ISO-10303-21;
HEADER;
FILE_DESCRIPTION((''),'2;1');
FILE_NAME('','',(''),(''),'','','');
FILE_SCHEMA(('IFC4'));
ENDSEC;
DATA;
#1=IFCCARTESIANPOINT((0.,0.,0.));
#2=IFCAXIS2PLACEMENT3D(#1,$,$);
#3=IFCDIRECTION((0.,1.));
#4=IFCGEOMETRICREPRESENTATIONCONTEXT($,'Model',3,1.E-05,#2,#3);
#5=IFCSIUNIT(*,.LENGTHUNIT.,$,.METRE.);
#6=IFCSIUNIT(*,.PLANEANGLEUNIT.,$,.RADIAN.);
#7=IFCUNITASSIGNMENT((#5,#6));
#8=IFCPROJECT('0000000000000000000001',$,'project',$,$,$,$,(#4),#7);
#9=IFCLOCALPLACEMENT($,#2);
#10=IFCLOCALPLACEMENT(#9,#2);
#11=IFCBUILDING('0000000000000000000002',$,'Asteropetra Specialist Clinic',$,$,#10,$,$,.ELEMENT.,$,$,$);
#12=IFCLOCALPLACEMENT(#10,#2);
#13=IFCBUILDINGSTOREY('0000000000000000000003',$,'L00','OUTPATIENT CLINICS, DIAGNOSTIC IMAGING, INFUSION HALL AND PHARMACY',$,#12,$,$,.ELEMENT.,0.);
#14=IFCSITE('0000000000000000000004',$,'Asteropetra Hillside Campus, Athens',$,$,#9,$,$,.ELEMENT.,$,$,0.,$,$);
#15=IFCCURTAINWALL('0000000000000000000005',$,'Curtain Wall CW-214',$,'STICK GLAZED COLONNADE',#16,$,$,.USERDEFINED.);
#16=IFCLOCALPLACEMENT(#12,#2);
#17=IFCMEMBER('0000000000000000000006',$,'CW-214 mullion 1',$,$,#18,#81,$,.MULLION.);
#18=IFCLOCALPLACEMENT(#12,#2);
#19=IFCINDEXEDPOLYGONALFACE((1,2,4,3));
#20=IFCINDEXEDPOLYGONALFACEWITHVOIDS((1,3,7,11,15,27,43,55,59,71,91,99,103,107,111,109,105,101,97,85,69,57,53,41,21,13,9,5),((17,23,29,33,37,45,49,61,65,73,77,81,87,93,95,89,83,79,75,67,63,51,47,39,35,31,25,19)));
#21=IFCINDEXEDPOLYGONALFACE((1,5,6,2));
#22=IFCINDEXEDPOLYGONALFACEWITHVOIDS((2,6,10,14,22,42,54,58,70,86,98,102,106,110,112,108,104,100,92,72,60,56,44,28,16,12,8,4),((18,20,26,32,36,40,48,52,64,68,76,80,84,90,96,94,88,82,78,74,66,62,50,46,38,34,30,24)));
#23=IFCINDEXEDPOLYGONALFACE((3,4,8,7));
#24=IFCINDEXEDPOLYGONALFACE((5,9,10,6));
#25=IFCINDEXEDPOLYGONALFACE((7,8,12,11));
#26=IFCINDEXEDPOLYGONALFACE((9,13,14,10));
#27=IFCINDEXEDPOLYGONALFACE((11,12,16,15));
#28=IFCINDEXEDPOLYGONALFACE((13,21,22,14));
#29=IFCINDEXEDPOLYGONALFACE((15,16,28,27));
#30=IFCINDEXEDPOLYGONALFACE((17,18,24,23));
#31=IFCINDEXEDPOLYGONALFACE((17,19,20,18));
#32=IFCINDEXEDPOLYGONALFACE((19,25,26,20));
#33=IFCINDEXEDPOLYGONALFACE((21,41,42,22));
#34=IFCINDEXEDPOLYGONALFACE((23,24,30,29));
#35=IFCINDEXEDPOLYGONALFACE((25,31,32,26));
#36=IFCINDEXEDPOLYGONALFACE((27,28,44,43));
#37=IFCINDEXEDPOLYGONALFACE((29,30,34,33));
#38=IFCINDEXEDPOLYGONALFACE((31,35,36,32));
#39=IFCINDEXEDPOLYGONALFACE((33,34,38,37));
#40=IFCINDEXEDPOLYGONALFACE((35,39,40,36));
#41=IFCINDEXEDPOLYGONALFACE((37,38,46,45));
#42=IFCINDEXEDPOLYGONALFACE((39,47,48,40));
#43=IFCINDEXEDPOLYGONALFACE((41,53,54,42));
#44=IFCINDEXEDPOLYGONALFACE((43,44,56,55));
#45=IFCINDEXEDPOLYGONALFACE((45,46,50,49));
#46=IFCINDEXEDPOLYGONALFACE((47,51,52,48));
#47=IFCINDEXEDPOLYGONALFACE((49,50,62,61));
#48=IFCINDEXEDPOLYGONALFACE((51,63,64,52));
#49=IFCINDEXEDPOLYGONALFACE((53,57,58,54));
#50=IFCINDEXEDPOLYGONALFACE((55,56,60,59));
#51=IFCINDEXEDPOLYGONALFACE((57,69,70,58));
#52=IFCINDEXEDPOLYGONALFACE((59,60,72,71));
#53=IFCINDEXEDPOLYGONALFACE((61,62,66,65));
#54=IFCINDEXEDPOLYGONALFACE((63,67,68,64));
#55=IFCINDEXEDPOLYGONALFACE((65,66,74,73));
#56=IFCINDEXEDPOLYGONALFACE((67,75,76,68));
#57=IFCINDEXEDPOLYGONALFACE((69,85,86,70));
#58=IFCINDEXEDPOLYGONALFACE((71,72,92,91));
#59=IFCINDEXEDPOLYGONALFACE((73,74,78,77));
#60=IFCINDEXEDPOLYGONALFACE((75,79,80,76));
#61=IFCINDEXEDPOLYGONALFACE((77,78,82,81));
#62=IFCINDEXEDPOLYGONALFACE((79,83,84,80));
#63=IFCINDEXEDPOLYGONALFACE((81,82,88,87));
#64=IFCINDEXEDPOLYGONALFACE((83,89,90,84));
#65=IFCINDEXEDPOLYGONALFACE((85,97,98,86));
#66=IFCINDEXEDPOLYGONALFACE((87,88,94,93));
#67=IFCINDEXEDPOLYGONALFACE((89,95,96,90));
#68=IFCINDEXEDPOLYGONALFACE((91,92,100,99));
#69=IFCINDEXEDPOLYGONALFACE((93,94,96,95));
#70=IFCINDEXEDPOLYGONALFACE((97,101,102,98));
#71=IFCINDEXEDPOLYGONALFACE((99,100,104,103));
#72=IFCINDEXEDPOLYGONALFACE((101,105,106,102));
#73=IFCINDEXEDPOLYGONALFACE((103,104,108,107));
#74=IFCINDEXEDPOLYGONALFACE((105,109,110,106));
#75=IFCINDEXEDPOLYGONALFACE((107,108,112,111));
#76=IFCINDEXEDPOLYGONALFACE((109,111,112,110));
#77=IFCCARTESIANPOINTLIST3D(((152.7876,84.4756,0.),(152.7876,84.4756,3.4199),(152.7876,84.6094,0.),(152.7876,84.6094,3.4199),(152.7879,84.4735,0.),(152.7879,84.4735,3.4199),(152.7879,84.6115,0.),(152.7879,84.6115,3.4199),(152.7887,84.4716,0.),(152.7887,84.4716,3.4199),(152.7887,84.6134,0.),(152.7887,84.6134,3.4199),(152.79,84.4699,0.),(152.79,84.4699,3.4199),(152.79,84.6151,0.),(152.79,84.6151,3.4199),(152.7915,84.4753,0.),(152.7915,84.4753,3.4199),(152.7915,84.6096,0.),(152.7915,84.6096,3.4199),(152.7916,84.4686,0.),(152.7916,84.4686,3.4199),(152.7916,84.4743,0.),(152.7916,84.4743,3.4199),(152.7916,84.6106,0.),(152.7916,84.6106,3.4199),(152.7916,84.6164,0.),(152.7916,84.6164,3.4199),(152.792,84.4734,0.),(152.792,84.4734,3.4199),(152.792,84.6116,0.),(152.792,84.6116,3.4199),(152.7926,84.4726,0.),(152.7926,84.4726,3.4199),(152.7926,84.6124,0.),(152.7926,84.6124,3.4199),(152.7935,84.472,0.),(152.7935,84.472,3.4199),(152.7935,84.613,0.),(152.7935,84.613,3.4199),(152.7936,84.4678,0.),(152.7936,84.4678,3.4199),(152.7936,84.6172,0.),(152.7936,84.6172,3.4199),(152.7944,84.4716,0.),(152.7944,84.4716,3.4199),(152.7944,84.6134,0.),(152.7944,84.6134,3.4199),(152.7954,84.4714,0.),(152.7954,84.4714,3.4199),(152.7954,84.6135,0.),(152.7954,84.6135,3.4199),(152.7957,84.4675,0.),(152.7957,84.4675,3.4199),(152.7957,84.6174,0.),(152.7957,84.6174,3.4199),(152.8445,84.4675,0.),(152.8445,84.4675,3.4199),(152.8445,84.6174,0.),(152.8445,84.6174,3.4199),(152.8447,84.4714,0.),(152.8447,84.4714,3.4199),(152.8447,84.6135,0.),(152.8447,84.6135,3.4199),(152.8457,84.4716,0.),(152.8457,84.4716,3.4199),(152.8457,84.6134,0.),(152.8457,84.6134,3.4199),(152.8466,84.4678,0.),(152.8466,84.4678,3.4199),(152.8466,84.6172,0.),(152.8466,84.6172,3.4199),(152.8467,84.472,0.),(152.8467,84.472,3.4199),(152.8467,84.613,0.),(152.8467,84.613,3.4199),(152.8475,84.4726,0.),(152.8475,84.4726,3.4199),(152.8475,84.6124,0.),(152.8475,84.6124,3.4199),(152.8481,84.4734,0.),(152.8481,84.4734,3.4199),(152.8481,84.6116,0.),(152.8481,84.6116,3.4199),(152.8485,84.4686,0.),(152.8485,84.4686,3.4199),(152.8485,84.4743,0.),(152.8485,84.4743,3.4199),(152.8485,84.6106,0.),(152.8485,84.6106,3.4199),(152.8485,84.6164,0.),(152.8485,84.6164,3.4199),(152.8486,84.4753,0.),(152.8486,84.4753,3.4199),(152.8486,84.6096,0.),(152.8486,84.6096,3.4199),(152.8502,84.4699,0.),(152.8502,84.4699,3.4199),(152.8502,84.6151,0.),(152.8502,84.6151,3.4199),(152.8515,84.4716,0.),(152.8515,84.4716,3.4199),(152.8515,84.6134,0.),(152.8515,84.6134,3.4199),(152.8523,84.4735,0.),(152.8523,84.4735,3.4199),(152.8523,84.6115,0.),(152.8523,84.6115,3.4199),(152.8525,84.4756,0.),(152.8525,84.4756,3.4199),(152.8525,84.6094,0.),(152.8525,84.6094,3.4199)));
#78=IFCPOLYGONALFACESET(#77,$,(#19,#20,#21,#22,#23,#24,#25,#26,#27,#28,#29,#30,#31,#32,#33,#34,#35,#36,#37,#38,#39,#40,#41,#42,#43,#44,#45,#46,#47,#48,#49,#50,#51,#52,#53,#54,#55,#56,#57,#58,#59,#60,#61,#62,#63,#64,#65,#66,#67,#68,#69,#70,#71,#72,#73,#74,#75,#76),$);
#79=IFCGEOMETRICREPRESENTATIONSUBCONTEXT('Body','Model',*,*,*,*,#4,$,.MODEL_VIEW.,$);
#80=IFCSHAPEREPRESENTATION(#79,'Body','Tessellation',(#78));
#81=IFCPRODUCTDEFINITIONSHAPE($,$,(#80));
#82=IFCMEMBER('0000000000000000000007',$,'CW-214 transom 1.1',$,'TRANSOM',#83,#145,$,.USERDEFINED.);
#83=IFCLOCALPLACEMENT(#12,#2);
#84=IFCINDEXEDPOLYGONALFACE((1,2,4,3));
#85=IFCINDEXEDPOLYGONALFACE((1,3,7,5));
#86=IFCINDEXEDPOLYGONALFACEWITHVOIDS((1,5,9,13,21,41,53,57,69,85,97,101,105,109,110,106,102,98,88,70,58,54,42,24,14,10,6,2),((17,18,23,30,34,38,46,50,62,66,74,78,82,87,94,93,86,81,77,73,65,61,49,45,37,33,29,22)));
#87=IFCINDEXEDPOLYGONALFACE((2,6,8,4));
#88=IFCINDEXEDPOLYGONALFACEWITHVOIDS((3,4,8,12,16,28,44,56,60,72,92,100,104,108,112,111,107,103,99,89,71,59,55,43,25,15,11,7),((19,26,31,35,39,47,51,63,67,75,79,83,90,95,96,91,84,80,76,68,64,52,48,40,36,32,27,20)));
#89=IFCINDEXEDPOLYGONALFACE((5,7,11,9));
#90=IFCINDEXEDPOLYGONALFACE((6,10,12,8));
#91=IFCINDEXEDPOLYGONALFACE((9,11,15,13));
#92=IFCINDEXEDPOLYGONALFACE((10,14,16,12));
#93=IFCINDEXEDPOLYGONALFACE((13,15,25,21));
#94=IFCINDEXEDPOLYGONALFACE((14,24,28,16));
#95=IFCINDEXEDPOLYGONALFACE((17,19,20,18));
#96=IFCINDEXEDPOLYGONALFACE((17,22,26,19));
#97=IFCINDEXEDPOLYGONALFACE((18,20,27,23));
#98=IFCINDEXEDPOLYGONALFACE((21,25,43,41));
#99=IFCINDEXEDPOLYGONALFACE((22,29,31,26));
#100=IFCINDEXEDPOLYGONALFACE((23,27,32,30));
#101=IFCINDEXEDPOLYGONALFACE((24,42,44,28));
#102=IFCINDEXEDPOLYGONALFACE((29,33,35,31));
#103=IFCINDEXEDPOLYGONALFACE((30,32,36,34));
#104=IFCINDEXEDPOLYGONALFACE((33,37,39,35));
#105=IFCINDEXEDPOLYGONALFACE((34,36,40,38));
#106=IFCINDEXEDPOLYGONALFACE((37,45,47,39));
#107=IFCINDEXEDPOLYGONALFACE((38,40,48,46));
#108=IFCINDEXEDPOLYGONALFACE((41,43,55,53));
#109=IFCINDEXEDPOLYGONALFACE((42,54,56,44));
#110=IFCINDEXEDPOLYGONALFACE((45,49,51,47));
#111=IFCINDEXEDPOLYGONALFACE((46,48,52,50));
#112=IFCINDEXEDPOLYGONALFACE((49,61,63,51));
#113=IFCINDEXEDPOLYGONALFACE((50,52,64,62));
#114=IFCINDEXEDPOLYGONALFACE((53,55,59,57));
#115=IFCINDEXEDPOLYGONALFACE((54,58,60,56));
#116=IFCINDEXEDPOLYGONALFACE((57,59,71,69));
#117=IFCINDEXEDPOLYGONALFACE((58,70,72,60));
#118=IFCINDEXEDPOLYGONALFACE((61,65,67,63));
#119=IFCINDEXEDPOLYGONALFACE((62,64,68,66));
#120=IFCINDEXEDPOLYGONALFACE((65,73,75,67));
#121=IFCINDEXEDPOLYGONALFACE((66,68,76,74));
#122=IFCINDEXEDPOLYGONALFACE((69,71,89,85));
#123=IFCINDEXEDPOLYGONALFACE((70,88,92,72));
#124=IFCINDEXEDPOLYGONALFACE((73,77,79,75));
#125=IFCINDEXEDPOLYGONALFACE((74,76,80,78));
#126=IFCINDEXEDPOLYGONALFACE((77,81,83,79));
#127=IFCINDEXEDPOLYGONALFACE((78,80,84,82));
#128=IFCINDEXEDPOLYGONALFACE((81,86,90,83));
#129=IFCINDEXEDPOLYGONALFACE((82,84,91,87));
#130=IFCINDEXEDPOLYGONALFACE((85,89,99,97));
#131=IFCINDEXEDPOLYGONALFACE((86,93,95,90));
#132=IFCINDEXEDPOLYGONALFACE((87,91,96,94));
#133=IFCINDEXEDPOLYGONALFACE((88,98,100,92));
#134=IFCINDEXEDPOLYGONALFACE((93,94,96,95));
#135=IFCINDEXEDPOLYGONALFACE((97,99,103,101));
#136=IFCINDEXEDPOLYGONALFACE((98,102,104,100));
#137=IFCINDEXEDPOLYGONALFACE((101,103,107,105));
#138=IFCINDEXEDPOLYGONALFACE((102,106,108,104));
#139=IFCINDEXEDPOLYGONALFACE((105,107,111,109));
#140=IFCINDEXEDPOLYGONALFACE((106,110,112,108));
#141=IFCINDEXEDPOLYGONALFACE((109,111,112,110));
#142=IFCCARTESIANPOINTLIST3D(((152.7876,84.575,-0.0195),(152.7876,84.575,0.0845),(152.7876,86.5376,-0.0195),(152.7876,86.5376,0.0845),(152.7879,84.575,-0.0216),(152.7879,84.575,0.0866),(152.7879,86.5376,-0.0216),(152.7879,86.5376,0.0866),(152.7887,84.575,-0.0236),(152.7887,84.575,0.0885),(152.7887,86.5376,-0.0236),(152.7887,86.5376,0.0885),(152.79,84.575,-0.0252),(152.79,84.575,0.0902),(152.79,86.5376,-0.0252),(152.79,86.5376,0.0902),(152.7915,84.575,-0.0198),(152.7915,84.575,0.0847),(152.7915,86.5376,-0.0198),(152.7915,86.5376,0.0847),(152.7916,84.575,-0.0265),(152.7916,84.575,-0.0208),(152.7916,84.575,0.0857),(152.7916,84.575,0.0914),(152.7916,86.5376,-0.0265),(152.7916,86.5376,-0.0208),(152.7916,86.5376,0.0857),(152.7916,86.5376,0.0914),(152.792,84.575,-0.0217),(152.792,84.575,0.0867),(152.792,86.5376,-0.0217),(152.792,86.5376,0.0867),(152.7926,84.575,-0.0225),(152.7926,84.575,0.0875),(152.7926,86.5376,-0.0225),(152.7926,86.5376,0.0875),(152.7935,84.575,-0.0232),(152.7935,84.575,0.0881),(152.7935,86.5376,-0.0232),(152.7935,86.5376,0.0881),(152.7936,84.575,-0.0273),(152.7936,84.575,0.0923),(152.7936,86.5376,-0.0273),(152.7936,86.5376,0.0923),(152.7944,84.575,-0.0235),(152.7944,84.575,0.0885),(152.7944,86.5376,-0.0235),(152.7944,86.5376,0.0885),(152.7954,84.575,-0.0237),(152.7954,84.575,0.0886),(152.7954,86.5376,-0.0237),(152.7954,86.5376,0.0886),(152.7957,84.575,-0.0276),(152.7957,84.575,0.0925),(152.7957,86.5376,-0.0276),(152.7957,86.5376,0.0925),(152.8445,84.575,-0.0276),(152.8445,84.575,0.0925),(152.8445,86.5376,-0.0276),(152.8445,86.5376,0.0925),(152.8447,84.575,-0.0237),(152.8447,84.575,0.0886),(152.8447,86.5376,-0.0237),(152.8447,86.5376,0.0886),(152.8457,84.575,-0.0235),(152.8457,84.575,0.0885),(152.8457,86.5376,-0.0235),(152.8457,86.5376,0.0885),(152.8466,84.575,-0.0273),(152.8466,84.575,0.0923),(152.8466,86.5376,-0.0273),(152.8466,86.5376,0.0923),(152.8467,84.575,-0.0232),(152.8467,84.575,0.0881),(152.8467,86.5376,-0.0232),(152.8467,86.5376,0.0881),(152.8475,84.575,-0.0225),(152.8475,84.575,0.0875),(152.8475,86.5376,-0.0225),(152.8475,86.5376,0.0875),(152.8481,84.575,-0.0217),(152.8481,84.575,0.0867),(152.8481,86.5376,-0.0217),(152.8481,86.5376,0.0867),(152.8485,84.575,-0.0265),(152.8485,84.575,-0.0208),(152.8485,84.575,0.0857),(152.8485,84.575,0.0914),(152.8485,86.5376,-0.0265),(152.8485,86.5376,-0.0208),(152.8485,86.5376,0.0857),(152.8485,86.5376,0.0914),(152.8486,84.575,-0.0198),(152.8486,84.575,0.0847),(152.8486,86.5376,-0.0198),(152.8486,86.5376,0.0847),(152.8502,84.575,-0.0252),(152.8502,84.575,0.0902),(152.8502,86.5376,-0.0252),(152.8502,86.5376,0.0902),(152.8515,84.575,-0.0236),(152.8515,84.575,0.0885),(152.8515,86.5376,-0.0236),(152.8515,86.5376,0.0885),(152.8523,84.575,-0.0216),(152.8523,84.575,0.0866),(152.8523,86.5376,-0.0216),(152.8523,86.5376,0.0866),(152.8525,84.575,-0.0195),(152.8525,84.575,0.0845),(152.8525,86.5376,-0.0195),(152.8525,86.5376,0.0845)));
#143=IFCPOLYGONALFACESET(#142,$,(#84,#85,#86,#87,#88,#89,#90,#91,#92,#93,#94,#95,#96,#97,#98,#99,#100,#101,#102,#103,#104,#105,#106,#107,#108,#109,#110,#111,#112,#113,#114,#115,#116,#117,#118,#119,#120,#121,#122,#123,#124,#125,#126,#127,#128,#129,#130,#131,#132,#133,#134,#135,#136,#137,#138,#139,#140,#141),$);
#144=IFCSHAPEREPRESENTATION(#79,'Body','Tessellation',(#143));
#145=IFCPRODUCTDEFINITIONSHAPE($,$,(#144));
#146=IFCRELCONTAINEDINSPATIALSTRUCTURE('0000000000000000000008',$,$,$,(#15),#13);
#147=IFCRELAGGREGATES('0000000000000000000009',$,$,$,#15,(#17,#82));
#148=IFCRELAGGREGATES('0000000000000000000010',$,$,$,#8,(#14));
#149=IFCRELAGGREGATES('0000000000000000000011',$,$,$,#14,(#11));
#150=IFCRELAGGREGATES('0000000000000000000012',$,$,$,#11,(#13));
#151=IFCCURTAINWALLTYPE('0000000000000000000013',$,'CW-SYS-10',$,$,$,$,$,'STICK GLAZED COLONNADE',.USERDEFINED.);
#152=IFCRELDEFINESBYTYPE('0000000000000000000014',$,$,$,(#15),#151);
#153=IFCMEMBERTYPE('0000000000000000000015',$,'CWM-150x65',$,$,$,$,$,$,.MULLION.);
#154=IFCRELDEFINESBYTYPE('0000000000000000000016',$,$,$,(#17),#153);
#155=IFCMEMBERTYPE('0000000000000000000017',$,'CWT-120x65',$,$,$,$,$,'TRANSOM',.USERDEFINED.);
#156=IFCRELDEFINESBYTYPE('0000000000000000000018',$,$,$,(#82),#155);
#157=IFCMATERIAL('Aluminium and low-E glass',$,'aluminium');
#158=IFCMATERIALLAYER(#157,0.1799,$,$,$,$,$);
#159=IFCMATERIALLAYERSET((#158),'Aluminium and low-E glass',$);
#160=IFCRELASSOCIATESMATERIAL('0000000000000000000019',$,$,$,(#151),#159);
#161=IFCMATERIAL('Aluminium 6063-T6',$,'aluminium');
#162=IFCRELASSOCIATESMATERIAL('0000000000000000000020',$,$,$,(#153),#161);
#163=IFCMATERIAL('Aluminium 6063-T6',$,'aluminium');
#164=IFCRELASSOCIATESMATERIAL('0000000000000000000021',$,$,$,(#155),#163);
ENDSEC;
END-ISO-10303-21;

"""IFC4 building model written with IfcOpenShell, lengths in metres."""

from ifc_helpers import new_model, si_unit, direction, frame, origin, origin_2d, place, context, subcontext, project, spatial, hollow_rectangle, extrude, material, layer, layer_set, material_profile, profile_set, type_object, element, aggregate, save


model = new_model("IFC4")

# Units and contexts
model_context = context("Model", 3, precision=1e-05, world=origin(), true_north=direction((0.0, 1.0)))
body_context = subcontext(model_context, "Body", "Model", "MODEL_VIEW")
ifc_project = project(units=[si_unit("LENGTHUNIT", "METRE"), si_unit("PLANEANGLEUNIT", "RADIAN")], contexts=[model_context])

# Site, building, storey
site_placement = place(None, origin())
site = spatial("IfcSite", under=ifc_project, at=site_placement, Name="Asteropetra Hillside Campus, Athens", CompositionType="ELEMENT", RefElevation=0.0)
building_placement = place(site_placement, origin())
building = spatial("IfcBuilding", under=site, at=building_placement, Name="Asteropetra Specialist Clinic", CompositionType="ELEMENT")
storey_placement = place(building_placement, origin())
storey = spatial("IfcBuildingStorey", under=building, at=storey_placement, Name="L00", Description="OUTPATIENT CLINICS, DIAGNOSTIC IMAGING, INFUSION HALL AND PHARMACY", CompositionType="ELEMENT", Elevation=0.0)

# Curtain wall, members
ifc_material_1 = material(Name="Aluminium and low-E glass", Category="aluminium")
ifc_layer_1 = layer(ifc_material_1, 0.1799)
ifc_layer_set_1 = layer_set([ifc_layer_1], Name="Aluminium and low-E glass")
curtain_wall_type = type_object("IfcCurtainWallType", Name="CW-SYS-10", ElementType="STICK GLAZED COLONNADE", PredefinedType="USERDEFINED", material=ifc_layer_set_1)
curtain_wall_placement = place(storey_placement, origin())
curtain_wall = element("IfcCurtainWall", 1, at=curtain_wall_placement, inside=storey, type_object=curtain_wall_type, Name="Curtain Wall CW-214", ObjectType="STICK GLAZED COLONNADE", PredefinedType="USERDEFINED")
ifc_material_2 = material(Name="Aluminium 6063-T6", Category="aluminium")
ifc_material_profile_1 = material_profile(ifc_material_2, hollow_rectangle(XDim=0.0649, YDim=0.1499, WallThickness=0.0039, InnerFilletRadius=0.0039, OuterFilletRadius=0.0081, at=origin_2d()), Name="MUL 150x65x4.0")
ifc_profile_set_1 = profile_set([ifc_material_profile_1], Name="Aluminium 6063-T6")
member_type_1 = type_object("IfcMemberType", Name="CWM-150x65", PredefinedType="MULLION", material=ifc_profile_set_1)
member_1_placement = place(storey_placement, frame((152.8201, 84.5425, 0.0), z_axis=(0.0, 0.0, 1.0), x_axis=(-1.0, 0.0, 0.0)))
member_1 = element("IfcMember", 2, at=member_1_placement, type_object=member_type_1, Name="CW-214 mullion 1", PredefinedType="MULLION", context=body_context, shape_type="SweptSolid", body=[
    extrude(hollow_rectangle(XDim=0.0649, YDim=0.1499, WallThickness=0.0039, InnerFilletRadius=0.0039, OuterFilletRadius=0.0081, at=origin_2d()), origin(), (0.0, 0.0, 1.0), 3.4199),
])
ifc_material_3 = material(Name="Aluminium 6063-T6", Category="aluminium")
ifc_material_profile_2 = material_profile(ifc_material_3, hollow_rectangle(XDim=0.0649, YDim=0.1201, WallThickness=0.0039, InnerFilletRadius=0.0039, OuterFilletRadius=0.0081, at=origin_2d()), Name="TRN 120x65x4.0")
ifc_profile_set_2 = profile_set([ifc_material_profile_2], Name="Aluminium 6063-T6")
member_type_2 = type_object("IfcMemberType", Name="CWT-120x65", ElementType="TRANSOM", PredefinedType="USERDEFINED", material=ifc_profile_set_2)
member_2_placement = place(storey_placement, frame((152.8201, 84.575, 0.0325), z_axis=(0.0, 1.0, 0.0), x_axis=(-1.0, 0.0, 0.0)))
member_2 = element("IfcMember", 3, at=member_2_placement, type_object=member_type_2, Name="CW-214 transom 1.1", ObjectType="TRANSOM", PredefinedType="USERDEFINED", context=body_context, shape_type="SweptSolid", body=[
    extrude(hollow_rectangle(XDim=0.0649, YDim=0.1201, WallThickness=0.0039, InnerFilletRadius=0.0039, OuterFilletRadius=0.0081, at=origin_2d()), origin(), (0.0, 0.0, 1.0), 1.9626),
])
aggregate(curtain_wall, [member_1, member_2])

save(model, "model.ifc")
